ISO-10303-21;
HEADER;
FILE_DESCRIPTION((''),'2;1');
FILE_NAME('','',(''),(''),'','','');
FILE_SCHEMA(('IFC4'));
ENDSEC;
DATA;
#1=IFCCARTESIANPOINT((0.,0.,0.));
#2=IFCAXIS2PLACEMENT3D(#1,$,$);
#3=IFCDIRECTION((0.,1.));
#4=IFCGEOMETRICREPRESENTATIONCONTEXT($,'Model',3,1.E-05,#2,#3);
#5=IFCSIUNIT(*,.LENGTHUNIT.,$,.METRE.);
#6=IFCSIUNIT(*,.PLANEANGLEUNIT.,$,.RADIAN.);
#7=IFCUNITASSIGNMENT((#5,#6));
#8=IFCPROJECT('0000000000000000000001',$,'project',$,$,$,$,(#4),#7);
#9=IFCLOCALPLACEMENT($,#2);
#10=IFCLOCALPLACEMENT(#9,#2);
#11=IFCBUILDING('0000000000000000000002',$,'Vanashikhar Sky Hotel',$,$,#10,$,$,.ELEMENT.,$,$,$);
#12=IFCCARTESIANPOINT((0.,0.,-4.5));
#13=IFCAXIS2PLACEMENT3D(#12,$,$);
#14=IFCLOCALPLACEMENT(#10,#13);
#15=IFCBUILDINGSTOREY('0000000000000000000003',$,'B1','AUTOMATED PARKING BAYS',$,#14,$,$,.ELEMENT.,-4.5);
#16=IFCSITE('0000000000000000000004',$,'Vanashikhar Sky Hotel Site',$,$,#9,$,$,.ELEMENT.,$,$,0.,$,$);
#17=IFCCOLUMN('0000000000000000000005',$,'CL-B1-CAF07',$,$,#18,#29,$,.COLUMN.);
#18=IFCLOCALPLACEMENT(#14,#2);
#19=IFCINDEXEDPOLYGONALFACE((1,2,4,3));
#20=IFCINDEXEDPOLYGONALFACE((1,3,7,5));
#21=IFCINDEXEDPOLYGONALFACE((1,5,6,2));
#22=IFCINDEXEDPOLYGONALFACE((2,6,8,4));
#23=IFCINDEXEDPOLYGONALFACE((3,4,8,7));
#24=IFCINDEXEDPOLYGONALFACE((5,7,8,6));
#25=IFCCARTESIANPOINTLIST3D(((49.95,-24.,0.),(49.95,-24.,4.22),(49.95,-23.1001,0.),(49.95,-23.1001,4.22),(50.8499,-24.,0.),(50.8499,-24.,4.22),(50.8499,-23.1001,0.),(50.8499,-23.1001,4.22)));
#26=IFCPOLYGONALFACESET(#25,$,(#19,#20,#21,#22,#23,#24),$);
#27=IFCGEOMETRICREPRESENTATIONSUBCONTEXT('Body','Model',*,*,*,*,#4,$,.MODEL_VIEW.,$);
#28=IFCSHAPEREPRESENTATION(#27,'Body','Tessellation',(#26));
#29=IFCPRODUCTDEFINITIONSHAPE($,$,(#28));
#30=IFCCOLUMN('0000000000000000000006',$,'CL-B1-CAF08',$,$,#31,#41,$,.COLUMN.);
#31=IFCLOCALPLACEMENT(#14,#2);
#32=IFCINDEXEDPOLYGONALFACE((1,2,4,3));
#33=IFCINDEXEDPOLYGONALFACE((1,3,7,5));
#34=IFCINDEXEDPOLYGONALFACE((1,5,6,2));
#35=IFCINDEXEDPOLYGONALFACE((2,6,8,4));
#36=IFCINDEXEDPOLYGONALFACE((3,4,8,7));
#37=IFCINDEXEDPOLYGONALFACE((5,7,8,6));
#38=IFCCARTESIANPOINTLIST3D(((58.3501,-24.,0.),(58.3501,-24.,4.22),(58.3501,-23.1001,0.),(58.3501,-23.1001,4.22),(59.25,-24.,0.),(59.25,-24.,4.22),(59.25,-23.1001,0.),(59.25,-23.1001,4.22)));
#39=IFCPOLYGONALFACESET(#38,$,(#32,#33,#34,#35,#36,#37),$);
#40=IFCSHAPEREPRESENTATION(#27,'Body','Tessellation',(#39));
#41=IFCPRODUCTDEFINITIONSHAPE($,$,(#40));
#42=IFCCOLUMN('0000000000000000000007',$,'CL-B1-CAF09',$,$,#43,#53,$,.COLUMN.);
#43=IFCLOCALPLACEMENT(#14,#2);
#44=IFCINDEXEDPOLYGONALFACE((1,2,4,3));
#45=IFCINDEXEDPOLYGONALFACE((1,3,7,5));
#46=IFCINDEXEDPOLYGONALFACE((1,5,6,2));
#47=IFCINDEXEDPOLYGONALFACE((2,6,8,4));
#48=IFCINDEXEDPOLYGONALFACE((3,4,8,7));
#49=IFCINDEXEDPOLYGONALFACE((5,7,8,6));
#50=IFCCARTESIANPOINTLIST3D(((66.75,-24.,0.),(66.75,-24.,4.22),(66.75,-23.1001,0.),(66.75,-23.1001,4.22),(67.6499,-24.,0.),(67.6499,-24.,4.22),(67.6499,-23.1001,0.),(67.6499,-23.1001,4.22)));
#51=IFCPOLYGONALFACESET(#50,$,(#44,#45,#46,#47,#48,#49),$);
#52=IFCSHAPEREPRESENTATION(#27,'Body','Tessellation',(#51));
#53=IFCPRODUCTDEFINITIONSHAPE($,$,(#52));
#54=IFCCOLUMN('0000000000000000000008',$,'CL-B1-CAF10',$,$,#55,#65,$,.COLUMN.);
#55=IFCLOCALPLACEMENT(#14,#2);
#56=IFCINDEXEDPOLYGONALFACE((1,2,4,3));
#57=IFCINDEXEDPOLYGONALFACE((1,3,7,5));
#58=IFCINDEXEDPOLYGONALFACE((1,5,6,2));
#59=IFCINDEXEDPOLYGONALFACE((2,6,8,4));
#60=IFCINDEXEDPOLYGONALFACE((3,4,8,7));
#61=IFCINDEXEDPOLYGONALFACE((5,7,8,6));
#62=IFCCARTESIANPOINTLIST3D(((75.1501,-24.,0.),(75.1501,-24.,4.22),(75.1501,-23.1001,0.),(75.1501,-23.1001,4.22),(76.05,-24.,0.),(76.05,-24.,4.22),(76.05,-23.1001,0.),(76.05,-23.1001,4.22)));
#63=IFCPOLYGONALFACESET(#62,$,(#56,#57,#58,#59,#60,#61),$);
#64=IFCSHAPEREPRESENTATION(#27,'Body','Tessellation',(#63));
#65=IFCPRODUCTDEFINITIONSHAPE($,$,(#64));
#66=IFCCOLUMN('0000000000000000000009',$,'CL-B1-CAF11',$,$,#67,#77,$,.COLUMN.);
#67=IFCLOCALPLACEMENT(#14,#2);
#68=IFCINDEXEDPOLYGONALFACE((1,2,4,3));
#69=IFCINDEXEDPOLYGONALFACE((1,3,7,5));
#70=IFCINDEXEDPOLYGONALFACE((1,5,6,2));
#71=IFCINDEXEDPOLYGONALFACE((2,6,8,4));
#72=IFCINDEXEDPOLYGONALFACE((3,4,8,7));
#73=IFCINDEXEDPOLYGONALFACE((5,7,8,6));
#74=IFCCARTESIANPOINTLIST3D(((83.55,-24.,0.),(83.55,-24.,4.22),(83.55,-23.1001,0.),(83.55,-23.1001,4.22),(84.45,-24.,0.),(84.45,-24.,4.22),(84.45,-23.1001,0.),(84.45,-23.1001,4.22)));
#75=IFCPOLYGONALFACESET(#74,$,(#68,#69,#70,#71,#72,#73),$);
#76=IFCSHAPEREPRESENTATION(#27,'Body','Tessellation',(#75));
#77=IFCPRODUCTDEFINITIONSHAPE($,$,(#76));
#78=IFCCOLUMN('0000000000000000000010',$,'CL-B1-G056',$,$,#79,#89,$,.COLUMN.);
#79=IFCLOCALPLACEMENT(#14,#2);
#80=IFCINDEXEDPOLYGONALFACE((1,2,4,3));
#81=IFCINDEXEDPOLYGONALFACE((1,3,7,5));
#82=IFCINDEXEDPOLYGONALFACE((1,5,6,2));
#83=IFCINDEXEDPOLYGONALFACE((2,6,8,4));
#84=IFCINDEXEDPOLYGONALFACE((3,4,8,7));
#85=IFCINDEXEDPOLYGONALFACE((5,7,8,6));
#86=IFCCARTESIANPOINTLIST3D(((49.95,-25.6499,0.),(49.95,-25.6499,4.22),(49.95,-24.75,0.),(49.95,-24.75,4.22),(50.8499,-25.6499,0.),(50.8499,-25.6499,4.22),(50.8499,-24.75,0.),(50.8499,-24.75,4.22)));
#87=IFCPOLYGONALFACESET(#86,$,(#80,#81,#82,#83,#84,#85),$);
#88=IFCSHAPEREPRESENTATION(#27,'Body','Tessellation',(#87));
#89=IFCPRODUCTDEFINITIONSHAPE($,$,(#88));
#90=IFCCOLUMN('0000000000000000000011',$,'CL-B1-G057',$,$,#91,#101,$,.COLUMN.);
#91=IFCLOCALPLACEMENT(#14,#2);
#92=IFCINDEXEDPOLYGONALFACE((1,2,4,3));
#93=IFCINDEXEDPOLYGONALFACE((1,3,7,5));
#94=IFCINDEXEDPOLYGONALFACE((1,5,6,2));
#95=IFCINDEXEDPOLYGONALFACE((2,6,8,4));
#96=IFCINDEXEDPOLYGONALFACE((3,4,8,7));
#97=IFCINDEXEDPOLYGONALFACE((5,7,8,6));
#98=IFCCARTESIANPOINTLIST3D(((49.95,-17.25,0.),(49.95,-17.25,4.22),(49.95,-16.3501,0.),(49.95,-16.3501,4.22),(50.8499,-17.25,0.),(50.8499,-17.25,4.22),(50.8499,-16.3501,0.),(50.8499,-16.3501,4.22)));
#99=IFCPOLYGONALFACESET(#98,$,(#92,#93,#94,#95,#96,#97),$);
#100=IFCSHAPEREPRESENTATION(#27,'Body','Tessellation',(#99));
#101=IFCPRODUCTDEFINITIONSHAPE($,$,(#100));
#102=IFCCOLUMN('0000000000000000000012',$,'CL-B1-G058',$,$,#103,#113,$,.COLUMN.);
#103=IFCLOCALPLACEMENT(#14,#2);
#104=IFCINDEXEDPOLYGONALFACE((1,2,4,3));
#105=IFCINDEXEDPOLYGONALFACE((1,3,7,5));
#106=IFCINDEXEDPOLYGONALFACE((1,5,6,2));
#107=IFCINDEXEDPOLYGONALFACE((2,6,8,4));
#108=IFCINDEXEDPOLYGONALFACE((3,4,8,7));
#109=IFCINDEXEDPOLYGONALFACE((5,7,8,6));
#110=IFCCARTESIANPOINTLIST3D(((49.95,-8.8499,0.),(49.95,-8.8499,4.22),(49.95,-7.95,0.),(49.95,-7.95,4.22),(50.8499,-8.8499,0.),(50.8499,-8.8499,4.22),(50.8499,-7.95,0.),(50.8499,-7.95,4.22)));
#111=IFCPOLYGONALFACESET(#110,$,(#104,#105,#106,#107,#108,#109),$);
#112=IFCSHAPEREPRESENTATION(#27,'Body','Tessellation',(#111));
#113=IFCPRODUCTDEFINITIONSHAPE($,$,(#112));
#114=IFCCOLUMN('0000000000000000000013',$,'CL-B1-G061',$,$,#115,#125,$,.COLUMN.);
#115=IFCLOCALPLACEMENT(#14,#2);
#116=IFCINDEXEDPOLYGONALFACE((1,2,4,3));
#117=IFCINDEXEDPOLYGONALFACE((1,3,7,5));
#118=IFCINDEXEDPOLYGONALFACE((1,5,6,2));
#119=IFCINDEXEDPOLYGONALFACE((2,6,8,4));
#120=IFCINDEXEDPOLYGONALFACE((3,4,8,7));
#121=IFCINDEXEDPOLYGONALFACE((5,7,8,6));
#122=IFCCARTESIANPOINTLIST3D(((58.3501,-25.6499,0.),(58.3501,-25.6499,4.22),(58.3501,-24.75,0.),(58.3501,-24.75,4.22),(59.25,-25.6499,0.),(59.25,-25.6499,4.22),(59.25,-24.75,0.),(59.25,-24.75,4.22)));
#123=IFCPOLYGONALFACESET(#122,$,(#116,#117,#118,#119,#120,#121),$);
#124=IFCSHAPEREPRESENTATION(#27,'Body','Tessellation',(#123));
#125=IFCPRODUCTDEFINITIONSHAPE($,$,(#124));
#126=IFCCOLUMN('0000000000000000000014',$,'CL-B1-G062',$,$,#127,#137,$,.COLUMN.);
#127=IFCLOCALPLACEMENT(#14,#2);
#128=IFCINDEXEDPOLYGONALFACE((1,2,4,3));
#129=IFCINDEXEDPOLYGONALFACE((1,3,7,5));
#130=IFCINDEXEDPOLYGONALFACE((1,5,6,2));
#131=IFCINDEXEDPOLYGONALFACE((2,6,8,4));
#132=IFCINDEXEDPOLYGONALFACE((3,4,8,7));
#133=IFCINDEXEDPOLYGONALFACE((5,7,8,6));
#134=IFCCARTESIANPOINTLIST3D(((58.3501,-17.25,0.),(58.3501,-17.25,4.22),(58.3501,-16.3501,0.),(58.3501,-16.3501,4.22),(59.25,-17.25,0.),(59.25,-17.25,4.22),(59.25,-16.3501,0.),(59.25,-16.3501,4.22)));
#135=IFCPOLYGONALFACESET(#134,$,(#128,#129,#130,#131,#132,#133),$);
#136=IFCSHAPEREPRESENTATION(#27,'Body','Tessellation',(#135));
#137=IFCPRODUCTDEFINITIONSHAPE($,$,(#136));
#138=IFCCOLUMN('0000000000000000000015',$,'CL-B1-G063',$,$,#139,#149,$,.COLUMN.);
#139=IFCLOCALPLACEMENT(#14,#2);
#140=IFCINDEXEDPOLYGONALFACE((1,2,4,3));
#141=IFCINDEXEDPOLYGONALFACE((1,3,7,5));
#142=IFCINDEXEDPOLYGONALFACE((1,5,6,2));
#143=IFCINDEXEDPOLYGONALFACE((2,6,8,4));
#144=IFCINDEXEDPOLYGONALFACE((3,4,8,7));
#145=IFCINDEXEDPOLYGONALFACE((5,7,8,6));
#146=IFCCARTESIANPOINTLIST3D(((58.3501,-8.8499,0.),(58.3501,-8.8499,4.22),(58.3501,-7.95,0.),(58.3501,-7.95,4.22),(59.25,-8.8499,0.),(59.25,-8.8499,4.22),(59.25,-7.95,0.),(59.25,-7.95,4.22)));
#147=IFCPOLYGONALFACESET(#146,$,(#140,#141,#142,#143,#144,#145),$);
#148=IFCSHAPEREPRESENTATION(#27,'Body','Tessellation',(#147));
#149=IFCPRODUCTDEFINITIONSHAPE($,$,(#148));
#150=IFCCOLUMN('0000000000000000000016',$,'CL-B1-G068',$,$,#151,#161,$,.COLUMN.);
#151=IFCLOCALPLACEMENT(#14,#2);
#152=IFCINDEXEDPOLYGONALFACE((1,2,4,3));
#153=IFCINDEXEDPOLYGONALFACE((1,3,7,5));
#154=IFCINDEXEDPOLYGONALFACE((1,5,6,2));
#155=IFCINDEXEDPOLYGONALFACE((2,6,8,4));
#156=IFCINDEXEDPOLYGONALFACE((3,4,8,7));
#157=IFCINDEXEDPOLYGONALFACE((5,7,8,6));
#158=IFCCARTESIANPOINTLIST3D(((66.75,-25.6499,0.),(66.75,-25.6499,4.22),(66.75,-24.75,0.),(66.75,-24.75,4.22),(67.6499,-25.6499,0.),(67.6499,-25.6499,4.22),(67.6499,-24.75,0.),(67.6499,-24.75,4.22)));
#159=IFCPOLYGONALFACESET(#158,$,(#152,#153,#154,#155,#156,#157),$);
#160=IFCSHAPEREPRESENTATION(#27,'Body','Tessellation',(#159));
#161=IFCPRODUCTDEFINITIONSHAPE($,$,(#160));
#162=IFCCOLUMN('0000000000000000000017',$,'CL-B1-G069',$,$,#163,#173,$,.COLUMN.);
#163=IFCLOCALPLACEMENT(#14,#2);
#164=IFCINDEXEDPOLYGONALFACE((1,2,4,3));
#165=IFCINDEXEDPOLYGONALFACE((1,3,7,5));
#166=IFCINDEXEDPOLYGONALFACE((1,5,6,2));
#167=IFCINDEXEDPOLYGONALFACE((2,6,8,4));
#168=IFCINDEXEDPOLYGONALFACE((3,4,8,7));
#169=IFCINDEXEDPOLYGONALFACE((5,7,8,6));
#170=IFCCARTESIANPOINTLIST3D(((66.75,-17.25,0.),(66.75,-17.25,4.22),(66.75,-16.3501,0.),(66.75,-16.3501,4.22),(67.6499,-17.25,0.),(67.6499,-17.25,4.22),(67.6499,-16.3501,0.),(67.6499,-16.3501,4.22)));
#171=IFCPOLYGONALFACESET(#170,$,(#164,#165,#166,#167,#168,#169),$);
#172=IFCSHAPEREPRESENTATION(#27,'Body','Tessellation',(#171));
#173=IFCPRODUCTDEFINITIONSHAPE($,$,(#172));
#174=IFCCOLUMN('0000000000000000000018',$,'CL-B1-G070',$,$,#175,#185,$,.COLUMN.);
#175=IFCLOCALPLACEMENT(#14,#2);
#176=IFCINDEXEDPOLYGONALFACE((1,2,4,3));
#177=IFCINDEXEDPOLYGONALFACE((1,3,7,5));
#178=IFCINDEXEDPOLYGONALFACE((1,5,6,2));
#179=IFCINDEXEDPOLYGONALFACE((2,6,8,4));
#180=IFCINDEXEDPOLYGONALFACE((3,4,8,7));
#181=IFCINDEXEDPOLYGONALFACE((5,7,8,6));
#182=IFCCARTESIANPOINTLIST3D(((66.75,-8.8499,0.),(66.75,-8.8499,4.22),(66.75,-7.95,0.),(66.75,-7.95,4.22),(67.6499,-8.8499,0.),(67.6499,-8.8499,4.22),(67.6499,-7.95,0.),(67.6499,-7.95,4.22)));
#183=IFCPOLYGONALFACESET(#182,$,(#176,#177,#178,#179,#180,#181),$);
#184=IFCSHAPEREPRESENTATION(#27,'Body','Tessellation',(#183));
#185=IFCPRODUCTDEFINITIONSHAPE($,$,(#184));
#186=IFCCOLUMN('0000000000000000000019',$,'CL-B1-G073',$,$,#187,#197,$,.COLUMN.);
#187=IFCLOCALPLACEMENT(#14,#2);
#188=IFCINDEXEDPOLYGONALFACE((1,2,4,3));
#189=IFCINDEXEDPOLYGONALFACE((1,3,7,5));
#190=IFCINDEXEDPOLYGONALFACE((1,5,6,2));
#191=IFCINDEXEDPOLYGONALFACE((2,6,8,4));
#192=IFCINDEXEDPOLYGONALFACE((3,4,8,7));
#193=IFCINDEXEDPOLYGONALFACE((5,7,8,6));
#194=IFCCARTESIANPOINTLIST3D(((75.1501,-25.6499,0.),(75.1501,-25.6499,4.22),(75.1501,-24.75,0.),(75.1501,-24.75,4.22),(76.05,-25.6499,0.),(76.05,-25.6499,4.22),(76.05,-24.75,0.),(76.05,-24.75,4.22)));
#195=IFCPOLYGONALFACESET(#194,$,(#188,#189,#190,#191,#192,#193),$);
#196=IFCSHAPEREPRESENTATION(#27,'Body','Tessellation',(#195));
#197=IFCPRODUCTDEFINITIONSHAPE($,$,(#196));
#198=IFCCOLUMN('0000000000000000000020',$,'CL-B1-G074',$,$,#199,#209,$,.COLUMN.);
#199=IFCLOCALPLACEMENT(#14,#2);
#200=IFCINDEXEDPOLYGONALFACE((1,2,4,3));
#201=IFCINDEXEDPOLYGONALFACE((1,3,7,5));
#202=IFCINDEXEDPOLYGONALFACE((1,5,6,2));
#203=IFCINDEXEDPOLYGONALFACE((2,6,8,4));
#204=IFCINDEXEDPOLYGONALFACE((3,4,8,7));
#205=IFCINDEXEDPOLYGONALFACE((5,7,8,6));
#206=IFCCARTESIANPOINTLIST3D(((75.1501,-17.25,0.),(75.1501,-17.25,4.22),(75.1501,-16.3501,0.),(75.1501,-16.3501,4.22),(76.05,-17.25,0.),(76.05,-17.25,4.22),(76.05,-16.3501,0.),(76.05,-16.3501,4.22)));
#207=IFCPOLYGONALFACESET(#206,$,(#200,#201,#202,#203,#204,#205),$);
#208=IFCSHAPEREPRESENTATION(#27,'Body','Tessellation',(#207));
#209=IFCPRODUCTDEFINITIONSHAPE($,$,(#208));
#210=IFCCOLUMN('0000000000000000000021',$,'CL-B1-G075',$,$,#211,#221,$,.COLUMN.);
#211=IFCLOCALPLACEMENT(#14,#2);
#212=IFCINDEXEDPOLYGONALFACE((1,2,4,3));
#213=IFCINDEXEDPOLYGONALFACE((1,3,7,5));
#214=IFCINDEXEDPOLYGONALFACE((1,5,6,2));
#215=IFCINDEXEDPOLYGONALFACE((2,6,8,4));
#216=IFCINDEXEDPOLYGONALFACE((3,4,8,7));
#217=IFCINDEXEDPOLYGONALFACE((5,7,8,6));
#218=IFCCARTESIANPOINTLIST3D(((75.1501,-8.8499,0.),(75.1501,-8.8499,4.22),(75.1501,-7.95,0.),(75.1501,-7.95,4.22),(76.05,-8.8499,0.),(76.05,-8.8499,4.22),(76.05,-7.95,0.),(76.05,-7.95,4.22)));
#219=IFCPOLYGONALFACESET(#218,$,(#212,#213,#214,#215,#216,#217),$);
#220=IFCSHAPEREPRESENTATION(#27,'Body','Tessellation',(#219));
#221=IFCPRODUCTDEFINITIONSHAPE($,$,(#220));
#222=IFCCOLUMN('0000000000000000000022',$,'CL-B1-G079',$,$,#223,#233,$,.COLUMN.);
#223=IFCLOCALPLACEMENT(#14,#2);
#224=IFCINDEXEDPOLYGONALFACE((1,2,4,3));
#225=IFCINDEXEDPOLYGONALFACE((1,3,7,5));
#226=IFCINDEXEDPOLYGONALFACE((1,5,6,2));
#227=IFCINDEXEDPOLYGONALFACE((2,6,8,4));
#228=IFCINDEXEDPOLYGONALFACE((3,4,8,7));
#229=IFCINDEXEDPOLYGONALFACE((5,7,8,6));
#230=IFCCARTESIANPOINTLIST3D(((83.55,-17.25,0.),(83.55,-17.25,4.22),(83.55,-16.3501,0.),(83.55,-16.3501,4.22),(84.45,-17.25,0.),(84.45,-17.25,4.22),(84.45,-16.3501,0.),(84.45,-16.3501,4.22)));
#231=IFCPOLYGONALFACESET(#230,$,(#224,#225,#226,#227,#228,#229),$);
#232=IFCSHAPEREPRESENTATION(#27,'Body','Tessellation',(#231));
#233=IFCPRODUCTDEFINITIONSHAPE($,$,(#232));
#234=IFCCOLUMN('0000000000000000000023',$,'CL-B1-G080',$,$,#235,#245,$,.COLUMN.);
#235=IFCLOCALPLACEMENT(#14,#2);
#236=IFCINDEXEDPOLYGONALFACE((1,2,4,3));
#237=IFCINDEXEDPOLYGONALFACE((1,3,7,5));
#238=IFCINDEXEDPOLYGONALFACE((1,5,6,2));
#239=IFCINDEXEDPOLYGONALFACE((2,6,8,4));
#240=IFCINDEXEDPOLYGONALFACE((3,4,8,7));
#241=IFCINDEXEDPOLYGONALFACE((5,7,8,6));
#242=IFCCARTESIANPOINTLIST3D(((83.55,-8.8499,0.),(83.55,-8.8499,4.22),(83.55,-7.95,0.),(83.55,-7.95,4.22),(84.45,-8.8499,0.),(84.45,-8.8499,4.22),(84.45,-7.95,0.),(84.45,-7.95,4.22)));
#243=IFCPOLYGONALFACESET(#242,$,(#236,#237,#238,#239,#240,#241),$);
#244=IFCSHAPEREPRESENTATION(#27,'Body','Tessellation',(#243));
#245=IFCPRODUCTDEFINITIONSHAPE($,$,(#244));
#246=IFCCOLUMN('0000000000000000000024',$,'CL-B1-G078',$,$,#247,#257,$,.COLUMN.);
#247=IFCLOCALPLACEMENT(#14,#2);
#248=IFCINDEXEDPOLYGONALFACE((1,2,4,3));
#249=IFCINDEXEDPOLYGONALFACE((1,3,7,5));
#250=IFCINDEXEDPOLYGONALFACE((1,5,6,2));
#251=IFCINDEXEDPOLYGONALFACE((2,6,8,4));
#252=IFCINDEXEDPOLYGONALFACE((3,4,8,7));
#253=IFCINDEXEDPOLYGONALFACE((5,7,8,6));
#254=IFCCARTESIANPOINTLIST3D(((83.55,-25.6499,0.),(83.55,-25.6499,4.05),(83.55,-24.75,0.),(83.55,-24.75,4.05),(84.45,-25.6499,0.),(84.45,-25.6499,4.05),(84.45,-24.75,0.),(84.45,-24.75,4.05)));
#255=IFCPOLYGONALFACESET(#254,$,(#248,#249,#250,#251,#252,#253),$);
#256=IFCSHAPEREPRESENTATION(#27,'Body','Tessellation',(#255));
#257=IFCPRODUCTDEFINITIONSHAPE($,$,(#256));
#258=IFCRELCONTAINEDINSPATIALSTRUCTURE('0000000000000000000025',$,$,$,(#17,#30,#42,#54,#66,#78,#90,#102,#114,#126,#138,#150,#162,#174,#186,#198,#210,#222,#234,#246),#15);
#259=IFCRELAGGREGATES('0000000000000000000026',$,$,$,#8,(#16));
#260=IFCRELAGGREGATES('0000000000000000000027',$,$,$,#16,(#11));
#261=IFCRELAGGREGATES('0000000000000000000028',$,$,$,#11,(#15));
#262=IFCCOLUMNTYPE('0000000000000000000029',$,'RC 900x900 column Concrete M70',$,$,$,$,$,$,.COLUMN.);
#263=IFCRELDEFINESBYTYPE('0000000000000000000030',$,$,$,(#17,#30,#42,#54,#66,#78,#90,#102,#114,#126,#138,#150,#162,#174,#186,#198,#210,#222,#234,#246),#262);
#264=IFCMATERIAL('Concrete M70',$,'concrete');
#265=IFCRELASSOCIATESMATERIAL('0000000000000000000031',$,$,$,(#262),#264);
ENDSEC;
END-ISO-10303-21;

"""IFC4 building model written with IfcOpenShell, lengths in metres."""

from ifc_helpers import new_model, si_unit, direction, frame, origin, origin_2d, place, context, subcontext, project, spatial, rectangle, extrude, source, transform, mapped, material, material_profile, profile_set, type_object, element, save


model = new_model("IFC4")

# Units and contexts
model_context = context("Model", 3, precision=1e-05, world=origin(), true_north=direction((0.0, 1.0)))
body_context = subcontext(model_context, "Body", "Model", "MODEL_VIEW")
ifc_project = project(units=[si_unit("LENGTHUNIT", "METRE"), si_unit("PLANEANGLEUNIT", "RADIAN")], contexts=[model_context])

# Site, building, storey
site_placement = place(None, origin())
site = spatial("IfcSite", under=ifc_project, at=site_placement, Name="Vanashikhar Sky Hotel Site", CompositionType="ELEMENT", RefElevation=0.0)
building_placement = place(site_placement, origin())
building = spatial("IfcBuilding", under=site, at=building_placement, Name="Vanashikhar Sky Hotel", CompositionType="ELEMENT")
storey_placement = place(building_placement, frame((0.0, 0.0, -4.5)))
storey = spatial("IfcBuildingStorey", under=building, at=storey_placement, Name="B1", Description="AUTOMATED PARKING BAYS", CompositionType="ELEMENT", Elevation=-4.5)

# Columns
ifc_material = material(Name="Concrete M70", Category="concrete")
ifc_material_profile = material_profile(ifc_material, rectangle(XDim=0.8999, YDim=0.8999, at=origin_2d()))
ifc_profile_set = profile_set([ifc_material_profile], Name="RC 900x900 column Concrete M70")
column_type = type_object("IfcColumnType", Name="RC 900x900 column Concrete M70", PredefinedType="COLUMN", material=ifc_profile_set)
shared_shape_1 = source(origin(), body_context, "Body", "SweptSolid", [
    extrude(rectangle(XDim=0.8999, YDim=0.8999, at=origin_2d()), origin(), (0.0, 0.0, 1.0), 4.22),
])
for number, where, z_axis, x_axis, name in (
    (1, (50.3999, -23.55, 0.0), (0.0, 0.0, 1.0), (1.0, 0.0, 0.0), "CL-B1-CAF07"),
    (2, (58.8, -23.55, 0.0), (0.0, 0.0, 1.0), (1.0, 0.0, 0.0), "CL-B1-CAF08"),
    (3, (67.2, -23.55, 0.0), (0.0, 0.0, 1.0), (1.0, 0.0, 0.0), "CL-B1-CAF09"),
    (4, (75.6001, -23.55, 0.0), (0.0, 0.0, 1.0), (1.0, 0.0, 0.0), "CL-B1-CAF10"),
    (5, (84.0, -23.55, 0.0), (0.0, 0.0, 1.0), (1.0, 0.0, 0.0), "CL-B1-CAF11"),
    (6, (50.3999, -25.2, 0.0), (0.0, 0.0, 1.0), (1.0, 0.0, 0.0), "CL-B1-G056"),
    (7, (50.3999, -16.8, 0.0), (0.0, 0.0, 1.0), (1.0, 0.0, 0.0), "CL-B1-G057"),
    (8, (50.3999, -8.3999, 0.0), (0.0, 0.0, 1.0), (1.0, 0.0, 0.0), "CL-B1-G058"),
    (9, (58.8, -25.2, 0.0), (0.0, 0.0, 1.0), (1.0, 0.0, 0.0), "CL-B1-G061"),
    (10, (58.8, -16.8, 0.0), (0.0, 0.0, 1.0), (1.0, 0.0, 0.0), "CL-B1-G062"),
    (11, (58.8, -8.3999, 0.0), (0.0, 0.0, 1.0), (1.0, 0.0, 0.0), "CL-B1-G063"),
    (12, (67.2, -25.2, 0.0), (0.0, 0.0, 1.0), (1.0, 0.0, 0.0), "CL-B1-G068"),
    (13, (67.2, -16.8, 0.0), (0.0, 0.0, 1.0), (1.0, 0.0, 0.0), "CL-B1-G069"),
    (14, (67.2, -8.3999, 0.0), (0.0, 0.0, 1.0), (1.0, 0.0, 0.0), "CL-B1-G070"),
    (15, (75.6001, -25.2, 0.0), (0.0, 0.0, 1.0), (1.0, 0.0, 0.0), "CL-B1-G073"),
    (16, (75.6001, -16.8, 0.0), (0.0, 0.0, 1.0), (1.0, 0.0, 0.0), "CL-B1-G074"),
    (17, (75.6001, -8.3999, 0.0), (0.0, 0.0, 1.0), (1.0, 0.0, 0.0), "CL-B1-G075"),
    (18, (84.0, -16.8, 0.0), (0.0, 0.0, 1.0), (1.0, 0.0, 0.0), "CL-B1-G079"),
    (19, (84.0, -8.3999, 0.0), (0.0, 0.0, 1.0), (1.0, 0.0, 0.0), "CL-B1-G080"),
):
    element("IfcColumn", number, at=place(storey_placement, frame(where, z_axis=z_axis, x_axis=x_axis)), inside=storey, type_object=column_type, Name=name, PredefinedType="COLUMN", context=body_context, shape_type="MappedRepresentation", body=[
        mapped(shared_shape_1, transform((0.0, 0.0, 0.0), scale=1.0)),
    ])
shared_shape_2 = source(origin(), body_context, "Body", "SweptSolid", [
    extrude(rectangle(XDim=0.8999, YDim=0.8999, at=origin_2d()), origin(), (0.0, 0.0, 1.0), 4.05),
])
column_placement = place(storey_placement, frame((84.0, -25.2, 0.0), z_axis=(0.0, 0.0, 1.0), x_axis=(1.0, 0.0, 0.0)))
element("IfcColumn", 20, at=column_placement, inside=storey, type_object=column_type, Name="CL-B1-G078", PredefinedType="COLUMN", context=body_context, shape_type="MappedRepresentation", body=[
    mapped(shared_shape_2, transform((0.0, 0.0, 0.0), scale=1.0)),
])

save(model, "model.ifc")
